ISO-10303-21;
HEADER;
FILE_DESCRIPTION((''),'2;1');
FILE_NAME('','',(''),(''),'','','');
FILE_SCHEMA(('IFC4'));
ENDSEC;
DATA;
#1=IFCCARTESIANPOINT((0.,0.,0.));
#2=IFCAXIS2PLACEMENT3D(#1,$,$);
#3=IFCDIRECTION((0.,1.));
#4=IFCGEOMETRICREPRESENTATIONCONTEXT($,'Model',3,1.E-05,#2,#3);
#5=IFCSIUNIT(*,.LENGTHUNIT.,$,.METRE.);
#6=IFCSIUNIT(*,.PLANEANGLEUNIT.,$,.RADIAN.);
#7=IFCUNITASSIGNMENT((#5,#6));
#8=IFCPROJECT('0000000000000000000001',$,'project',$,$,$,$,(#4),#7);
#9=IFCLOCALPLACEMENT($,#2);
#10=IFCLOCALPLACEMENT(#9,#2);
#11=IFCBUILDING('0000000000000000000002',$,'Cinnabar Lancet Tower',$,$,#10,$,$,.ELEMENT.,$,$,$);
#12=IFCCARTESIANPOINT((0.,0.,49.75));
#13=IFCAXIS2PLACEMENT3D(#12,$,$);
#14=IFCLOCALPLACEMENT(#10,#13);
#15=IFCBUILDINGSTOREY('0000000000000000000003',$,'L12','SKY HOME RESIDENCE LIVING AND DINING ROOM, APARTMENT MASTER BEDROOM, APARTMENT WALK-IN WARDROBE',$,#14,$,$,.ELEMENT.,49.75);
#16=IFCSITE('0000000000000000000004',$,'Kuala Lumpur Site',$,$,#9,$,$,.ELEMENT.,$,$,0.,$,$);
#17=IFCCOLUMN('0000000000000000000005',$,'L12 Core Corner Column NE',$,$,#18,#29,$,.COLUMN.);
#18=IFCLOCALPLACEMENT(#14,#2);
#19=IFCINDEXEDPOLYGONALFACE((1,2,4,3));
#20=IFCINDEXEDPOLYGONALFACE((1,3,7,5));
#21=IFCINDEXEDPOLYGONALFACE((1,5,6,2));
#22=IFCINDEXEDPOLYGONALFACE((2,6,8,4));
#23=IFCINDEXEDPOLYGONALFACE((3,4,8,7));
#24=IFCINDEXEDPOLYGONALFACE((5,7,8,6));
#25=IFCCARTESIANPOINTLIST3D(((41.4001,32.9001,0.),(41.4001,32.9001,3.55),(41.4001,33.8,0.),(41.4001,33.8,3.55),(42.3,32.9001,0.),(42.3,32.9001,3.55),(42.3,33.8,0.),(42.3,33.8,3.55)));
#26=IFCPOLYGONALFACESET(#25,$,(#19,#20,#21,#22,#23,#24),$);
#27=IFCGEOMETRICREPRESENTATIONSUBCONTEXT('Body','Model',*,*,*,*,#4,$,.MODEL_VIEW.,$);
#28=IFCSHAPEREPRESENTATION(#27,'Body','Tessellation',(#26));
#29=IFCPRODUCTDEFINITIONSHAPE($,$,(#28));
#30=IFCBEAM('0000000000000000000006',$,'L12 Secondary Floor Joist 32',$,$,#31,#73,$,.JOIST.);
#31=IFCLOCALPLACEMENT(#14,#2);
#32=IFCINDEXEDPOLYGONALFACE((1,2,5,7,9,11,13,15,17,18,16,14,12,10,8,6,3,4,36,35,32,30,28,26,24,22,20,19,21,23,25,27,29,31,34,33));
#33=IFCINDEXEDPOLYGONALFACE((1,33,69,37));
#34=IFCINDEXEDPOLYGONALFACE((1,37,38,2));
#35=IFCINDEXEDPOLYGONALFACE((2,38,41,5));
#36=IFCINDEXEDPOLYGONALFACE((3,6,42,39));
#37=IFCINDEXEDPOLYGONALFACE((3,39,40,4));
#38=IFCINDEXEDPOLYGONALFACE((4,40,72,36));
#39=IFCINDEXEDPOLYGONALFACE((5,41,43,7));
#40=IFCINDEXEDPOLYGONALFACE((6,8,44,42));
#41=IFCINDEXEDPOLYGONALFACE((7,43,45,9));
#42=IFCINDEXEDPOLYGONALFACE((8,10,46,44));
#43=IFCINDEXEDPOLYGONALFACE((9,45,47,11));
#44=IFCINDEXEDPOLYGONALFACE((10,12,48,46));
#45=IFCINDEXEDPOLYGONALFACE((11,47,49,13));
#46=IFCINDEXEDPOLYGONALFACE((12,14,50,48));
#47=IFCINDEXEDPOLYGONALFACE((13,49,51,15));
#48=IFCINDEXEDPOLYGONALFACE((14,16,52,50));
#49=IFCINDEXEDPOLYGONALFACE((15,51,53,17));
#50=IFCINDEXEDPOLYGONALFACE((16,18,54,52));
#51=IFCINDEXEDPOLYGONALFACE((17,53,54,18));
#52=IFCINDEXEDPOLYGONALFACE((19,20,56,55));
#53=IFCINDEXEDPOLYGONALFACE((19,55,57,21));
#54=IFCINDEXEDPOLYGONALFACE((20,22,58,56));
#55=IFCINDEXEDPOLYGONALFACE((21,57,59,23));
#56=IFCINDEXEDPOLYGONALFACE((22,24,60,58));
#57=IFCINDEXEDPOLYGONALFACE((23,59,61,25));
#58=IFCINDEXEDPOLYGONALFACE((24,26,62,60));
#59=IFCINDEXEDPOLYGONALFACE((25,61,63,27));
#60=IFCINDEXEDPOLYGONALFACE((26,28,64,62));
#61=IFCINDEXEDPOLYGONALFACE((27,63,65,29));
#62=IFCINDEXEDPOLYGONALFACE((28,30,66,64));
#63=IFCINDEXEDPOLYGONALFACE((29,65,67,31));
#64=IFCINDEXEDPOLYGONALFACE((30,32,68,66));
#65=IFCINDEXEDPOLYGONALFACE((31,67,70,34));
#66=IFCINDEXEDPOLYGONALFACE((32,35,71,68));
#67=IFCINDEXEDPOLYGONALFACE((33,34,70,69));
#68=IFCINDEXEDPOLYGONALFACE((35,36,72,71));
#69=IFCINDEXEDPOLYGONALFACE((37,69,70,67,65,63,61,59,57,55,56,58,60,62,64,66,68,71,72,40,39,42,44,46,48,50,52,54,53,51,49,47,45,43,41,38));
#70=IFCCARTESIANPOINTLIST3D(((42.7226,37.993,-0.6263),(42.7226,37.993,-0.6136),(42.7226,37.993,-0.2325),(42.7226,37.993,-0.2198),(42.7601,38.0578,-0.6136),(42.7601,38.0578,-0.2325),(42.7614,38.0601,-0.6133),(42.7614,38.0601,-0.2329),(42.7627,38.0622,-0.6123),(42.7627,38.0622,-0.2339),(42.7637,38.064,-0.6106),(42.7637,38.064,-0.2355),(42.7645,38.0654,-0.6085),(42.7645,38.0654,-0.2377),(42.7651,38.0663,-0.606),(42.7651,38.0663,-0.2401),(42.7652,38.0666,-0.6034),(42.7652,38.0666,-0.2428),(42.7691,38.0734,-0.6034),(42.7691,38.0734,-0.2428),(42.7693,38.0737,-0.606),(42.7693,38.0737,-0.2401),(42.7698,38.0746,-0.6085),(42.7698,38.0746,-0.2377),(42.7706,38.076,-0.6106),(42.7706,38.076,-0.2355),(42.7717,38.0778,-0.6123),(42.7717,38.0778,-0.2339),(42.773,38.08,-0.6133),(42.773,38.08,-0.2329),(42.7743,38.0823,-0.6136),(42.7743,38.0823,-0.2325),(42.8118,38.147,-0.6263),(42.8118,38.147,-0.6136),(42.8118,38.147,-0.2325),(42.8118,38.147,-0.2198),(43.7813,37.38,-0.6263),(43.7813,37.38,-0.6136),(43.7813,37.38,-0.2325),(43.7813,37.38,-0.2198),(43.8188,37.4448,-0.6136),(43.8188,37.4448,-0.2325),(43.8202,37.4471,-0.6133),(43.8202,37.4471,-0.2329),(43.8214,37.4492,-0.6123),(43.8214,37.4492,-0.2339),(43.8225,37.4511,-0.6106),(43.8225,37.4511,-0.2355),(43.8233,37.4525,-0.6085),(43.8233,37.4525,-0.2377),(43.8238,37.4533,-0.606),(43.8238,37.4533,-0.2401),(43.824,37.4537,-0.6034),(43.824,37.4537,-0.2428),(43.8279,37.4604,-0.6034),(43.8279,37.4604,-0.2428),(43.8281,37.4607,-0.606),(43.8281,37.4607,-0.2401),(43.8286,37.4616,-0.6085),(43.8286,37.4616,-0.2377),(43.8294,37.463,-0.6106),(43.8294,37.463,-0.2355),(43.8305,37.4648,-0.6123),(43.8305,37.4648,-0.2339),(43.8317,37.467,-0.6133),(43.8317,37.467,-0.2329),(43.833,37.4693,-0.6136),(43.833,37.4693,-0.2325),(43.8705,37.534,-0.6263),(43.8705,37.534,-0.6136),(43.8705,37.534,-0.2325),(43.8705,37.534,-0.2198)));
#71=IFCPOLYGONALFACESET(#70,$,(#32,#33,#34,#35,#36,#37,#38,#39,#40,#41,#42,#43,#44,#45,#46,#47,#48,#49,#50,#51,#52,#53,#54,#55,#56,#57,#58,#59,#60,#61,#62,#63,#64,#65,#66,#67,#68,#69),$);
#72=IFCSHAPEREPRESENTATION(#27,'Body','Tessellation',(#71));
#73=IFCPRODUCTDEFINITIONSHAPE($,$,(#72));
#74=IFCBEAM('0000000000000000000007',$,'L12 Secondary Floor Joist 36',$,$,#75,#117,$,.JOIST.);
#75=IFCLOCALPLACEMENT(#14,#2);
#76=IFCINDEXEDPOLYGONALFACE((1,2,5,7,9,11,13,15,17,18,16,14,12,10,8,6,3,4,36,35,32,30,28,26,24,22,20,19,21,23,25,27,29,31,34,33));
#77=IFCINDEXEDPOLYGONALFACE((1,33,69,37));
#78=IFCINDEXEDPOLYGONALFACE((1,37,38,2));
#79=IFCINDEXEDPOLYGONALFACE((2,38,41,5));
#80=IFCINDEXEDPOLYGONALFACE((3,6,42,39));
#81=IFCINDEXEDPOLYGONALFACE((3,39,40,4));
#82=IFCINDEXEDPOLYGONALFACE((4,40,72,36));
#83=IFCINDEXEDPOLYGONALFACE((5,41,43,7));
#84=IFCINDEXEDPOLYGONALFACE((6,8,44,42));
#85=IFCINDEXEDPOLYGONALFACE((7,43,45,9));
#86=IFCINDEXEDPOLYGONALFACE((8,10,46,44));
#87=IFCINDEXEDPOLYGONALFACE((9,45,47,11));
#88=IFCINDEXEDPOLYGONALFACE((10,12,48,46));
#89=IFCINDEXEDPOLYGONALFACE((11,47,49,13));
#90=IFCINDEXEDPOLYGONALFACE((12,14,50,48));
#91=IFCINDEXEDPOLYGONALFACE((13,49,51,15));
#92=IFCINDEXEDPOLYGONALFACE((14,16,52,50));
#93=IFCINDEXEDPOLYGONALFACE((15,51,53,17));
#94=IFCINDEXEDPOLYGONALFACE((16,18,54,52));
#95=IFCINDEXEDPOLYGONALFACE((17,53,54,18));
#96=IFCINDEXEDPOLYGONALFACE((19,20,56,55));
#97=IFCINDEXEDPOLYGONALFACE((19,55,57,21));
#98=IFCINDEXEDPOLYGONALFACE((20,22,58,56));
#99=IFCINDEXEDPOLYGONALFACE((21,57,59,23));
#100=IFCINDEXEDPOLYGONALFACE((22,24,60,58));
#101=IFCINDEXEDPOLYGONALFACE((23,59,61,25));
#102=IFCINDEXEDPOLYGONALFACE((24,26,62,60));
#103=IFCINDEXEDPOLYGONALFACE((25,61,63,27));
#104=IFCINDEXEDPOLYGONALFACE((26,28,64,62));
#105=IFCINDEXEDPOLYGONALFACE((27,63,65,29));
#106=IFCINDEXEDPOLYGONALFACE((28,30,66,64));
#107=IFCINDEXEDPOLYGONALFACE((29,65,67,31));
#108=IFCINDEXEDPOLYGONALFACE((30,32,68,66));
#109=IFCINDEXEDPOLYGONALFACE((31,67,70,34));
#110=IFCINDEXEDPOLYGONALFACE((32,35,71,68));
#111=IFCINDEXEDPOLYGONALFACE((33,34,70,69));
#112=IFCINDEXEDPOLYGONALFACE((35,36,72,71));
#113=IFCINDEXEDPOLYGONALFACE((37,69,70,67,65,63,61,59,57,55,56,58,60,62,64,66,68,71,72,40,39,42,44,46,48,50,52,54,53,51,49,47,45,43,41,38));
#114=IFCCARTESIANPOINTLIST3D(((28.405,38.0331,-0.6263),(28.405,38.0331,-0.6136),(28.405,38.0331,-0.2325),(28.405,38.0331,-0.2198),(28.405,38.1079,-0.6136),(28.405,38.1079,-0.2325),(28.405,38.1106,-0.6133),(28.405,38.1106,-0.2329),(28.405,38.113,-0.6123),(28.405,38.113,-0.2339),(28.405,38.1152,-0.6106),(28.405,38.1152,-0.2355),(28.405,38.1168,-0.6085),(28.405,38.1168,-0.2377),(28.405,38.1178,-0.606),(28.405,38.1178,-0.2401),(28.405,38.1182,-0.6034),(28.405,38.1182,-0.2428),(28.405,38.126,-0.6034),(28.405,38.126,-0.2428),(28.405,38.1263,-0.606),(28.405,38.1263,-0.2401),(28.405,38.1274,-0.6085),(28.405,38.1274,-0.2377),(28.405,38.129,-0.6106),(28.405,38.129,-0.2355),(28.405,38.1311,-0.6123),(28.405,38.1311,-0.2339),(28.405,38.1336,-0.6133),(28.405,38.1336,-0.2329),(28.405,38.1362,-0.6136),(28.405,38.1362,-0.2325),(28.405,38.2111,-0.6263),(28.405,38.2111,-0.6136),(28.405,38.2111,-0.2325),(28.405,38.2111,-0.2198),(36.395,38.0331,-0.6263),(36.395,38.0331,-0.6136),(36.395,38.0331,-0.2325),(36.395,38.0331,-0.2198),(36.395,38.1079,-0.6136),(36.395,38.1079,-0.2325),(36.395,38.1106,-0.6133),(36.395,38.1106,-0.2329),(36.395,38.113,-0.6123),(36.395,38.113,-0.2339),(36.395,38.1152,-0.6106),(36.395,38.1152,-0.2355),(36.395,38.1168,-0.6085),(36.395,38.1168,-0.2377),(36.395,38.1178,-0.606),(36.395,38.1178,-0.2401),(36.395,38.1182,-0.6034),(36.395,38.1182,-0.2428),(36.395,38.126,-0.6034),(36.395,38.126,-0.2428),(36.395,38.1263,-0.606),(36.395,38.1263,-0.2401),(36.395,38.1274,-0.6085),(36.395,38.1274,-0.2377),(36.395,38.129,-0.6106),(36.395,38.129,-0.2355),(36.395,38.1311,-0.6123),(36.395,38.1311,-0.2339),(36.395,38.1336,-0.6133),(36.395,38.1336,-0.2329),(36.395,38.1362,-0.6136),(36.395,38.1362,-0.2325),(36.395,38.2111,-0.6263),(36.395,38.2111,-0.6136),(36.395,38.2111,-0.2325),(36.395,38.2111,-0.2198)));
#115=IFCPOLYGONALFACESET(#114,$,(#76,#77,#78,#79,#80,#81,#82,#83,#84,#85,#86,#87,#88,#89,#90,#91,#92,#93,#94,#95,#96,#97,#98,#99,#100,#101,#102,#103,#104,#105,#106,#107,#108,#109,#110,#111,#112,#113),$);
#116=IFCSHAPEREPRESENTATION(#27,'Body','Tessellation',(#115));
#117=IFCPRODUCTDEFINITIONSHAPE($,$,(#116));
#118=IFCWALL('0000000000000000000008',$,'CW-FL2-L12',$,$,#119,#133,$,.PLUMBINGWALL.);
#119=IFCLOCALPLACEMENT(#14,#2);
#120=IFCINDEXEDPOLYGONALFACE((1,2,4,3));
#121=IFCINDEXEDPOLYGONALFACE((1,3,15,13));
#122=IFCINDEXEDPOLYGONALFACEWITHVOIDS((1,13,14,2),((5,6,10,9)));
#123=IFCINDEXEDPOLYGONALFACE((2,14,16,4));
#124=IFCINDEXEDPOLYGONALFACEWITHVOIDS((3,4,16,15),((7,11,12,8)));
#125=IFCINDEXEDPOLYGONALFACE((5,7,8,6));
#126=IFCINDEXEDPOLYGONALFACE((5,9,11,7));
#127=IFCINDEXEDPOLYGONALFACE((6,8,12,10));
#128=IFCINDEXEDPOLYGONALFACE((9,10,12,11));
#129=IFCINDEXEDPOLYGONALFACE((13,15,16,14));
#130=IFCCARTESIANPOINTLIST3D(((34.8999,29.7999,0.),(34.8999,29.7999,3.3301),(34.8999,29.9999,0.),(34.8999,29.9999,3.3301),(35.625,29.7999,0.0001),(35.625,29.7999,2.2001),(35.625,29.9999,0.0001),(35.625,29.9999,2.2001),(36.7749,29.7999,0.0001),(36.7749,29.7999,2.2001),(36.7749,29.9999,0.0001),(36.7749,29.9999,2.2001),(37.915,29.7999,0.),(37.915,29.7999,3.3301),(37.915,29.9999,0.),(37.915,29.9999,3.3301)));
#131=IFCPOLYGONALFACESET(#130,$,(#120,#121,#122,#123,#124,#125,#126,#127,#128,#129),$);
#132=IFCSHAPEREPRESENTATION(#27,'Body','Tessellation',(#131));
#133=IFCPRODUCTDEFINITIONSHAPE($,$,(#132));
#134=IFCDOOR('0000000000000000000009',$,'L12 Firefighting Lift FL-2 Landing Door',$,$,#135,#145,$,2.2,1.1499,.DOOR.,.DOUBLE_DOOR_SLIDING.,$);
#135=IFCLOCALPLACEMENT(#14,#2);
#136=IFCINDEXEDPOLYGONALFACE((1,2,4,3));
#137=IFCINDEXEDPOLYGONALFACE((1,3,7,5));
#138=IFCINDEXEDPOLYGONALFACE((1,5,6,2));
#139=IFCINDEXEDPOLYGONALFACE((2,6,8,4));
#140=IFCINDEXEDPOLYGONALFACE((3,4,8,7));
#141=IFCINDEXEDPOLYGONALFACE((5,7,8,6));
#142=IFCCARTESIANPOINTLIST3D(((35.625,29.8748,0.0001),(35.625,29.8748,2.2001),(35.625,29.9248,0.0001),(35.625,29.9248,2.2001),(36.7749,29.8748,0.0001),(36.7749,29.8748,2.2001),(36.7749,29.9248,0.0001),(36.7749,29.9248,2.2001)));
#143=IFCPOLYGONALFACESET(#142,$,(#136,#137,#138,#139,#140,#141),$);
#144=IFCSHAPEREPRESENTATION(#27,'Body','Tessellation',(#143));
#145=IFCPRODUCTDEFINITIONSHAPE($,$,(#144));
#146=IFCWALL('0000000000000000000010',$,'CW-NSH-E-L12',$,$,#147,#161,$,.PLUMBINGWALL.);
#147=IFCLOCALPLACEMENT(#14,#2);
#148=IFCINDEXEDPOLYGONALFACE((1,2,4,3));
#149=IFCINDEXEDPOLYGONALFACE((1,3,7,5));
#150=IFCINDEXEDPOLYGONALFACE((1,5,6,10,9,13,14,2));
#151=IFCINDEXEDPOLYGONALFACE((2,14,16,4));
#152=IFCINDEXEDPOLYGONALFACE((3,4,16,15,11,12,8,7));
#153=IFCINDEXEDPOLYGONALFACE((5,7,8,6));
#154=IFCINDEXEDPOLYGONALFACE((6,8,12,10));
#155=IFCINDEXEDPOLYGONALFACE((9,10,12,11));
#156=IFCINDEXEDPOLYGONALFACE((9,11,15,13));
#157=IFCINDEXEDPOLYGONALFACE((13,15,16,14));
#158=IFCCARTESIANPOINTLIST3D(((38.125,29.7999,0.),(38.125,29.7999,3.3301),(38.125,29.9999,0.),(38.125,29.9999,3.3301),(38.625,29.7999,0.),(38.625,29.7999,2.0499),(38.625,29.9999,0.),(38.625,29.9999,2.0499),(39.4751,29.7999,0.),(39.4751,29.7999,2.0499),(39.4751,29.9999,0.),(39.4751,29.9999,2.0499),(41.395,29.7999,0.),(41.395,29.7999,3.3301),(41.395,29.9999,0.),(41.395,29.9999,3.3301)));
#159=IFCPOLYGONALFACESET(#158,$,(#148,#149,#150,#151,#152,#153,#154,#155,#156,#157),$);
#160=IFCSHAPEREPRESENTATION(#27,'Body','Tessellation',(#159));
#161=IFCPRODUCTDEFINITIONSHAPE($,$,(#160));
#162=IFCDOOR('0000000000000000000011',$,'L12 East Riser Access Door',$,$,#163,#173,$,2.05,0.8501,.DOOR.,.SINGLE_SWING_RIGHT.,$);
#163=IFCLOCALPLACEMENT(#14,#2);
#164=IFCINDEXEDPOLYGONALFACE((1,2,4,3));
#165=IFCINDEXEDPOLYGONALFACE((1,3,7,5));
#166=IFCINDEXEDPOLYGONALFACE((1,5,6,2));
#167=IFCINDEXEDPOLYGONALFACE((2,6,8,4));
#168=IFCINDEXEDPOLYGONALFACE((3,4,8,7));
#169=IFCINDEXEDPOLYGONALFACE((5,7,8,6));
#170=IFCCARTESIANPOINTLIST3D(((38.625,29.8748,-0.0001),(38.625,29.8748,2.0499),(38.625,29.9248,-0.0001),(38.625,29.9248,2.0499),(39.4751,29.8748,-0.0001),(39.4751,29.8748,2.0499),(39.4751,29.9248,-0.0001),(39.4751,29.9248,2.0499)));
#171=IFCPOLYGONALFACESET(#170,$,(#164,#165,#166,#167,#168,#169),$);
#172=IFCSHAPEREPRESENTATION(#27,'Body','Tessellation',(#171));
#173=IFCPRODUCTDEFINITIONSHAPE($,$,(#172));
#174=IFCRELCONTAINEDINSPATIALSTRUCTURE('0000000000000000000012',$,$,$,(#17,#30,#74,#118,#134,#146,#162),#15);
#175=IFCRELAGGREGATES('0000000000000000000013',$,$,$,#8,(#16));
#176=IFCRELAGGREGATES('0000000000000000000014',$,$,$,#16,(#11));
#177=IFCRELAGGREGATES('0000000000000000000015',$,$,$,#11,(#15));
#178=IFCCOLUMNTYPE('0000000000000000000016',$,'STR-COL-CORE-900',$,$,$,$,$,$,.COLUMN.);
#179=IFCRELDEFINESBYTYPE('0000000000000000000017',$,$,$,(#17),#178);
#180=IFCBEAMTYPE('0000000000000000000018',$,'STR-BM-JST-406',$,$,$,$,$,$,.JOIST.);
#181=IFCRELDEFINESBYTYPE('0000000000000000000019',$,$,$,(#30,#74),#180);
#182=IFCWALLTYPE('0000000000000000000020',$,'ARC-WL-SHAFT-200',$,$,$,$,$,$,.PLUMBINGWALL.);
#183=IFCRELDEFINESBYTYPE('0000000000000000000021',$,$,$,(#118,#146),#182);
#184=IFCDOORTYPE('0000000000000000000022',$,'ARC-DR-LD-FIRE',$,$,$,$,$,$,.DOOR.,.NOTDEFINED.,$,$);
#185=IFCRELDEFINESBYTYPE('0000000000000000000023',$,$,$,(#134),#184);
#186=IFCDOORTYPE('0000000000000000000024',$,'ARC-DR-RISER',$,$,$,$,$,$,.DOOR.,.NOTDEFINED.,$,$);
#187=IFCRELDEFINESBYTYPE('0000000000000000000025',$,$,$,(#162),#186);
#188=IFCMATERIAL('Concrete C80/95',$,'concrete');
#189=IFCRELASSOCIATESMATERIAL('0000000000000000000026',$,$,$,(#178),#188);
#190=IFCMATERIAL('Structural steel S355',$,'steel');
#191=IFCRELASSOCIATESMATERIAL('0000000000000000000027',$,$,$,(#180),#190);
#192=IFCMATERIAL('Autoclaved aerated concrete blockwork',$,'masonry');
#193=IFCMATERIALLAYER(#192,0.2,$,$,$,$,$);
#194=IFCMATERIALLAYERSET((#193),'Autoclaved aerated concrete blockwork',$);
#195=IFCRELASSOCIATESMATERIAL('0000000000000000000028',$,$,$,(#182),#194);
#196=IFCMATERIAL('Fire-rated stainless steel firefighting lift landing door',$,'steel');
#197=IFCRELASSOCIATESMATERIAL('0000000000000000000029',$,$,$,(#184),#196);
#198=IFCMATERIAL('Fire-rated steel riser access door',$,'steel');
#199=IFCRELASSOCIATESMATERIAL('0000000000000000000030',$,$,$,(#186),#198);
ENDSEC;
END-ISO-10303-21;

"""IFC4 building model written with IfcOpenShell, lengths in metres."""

from ifc_helpers import new_model, si_unit, direction, frame, frame_2d, origin, origin_2d, place, context, subcontext, project, spatial, rectangle, i_section, extrude, material, layer, layer_set, material_profile, profile_set, type_object, element, fill, save


model = new_model("IFC4")

# Units and contexts
model_context = context("Model", 3, precision=1e-05, world=origin(), true_north=direction((0.0, 1.0)))
body_context = subcontext(model_context, "Body", "Model", "MODEL_VIEW")
ifc_project = project(units=[si_unit("LENGTHUNIT", "METRE"), si_unit("PLANEANGLEUNIT", "RADIAN")], contexts=[model_context])

# Site, building, storey
site_placement = place(None, origin())
site = spatial("IfcSite", under=ifc_project, at=site_placement, Name="Kuala Lumpur Site", CompositionType="ELEMENT", RefElevation=0.0)
building_placement = place(site_placement, origin())
building = spatial("IfcBuilding", under=site, at=building_placement, Name="Cinnabar Lancet Tower", CompositionType="ELEMENT")
storey_placement = place(building_placement, frame((0.0, 0.0, 49.75)))
storey = spatial("IfcBuildingStorey", under=building, at=storey_placement, Name="L12", Description="SKY HOME RESIDENCE LIVING AND DINING ROOM, APARTMENT MASTER BEDROOM, APARTMENT WALK-IN WARDROBE", CompositionType="ELEMENT", Elevation=49.75)

# Column
ifc_material_1 = material(Name="Concrete C80/95", Category="concrete")
ifc_material_profile_1 = material_profile(ifc_material_1, rectangle(XDim=0.8999, YDim=0.8999, at=origin_2d()), Name="RC-COL 900x900")
ifc_profile_set_1 = profile_set([ifc_material_profile_1], Name="Concrete C80/95")
column_type = type_object("IfcColumnType", Name="STR-COL-CORE-900", PredefinedType="COLUMN", material=ifc_profile_set_1)
column_placement = place(storey_placement, frame((41.8501, 33.3501, 0.0), z_axis=(0.0, 0.0, 1.0), x_axis=(1.0, 0.0, 0.0)))
element("IfcColumn", 1, at=column_placement, inside=storey, type_object=column_type, Name="L12 Core Corner Column NE", PredefinedType="COLUMN", context=body_context, shape_type="SweptSolid", body=[
    extrude(rectangle(XDim=0.8999, YDim=0.8999, at=origin_2d()), origin(), (0.0, 0.0, 1.0), 3.55),
])

# Beams
ifc_material_2 = material(Name="Structural steel S355", Category="steel")
ifc_material_profile_2 = material_profile(ifc_material_2, i_section(OverallWidth=0.178, OverallDepth=0.4065, WebThickness=0.0078, FlangeThickness=0.0127, FilletRadius=0.0103, at=origin_2d()), Name="UKB 406x178x60")
ifc_profile_set_2 = profile_set([ifc_material_profile_2], Name="Structural steel S355")
beam_type = type_object("IfcBeamType", Name="STR-BM-JST-406", PredefinedType="JOIST", material=ifc_profile_set_2)
beam_1_placement = place(storey_placement, frame((43.8259, 37.457, -0.4231), z_axis=(-0.865417, 0.501052, 0.0), x_axis=(-0.501052, -0.865417, 0.0)))
element("IfcBeam", 2, at=beam_1_placement, inside=storey, type_object=beam_type, Name="L12 Secondary Floor Joist 32", PredefinedType="JOIST", context=body_context, shape_type="SweptSolid", body=[
    extrude(i_section(OverallWidth=0.178, OverallDepth=0.4065, WebThickness=0.0078, FlangeThickness=0.0127, FilletRadius=0.0103, at=origin_2d()), origin(), (0.0, 0.0, 1.0), 1.2234),
])
beam_2_placement = place(storey_placement, frame((36.395, 38.1221, -0.4231), z_axis=(-1.0, 0.0, 0.0), x_axis=(0.0, -1.0, 0.0)))
element("IfcBeam", 3, at=beam_2_placement, inside=storey, type_object=beam_type, Name="L12 Secondary Floor Joist 36", PredefinedType="JOIST", context=body_context, shape_type="SweptSolid", body=[
    extrude(i_section(OverallWidth=0.178, OverallDepth=0.4065, WebThickness=0.0078, FlangeThickness=0.0127, FilletRadius=0.0103, at=origin_2d()), origin(), (0.0, 0.0, 1.0), 7.99),
])

# Walls, openings, doors
ifc_material_3 = material(Name="Autoclaved aerated concrete blockwork", Category="masonry")
ifc_layer_1 = layer(ifc_material_3, 0.2)
ifc_layer_set_1 = layer_set([ifc_layer_1], Name="Autoclaved aerated concrete blockwork")
wall_type_1 = type_object("IfcWallType", Name="ARC-WL-SHAFT-200", PredefinedType="PLUMBINGWALL", material=ifc_layer_set_1)
wall_1_placement = place(storey_placement, frame((34.8999, 29.8999, 0.0), z_axis=(0.0, 0.0, 1.0), x_axis=(1.0, 0.0, 0.0)))
wall_1 = element("IfcWall", 4, at=wall_1_placement, inside=storey, type_object=wall_type_1, Name="CW-FL2-L12", PredefinedType="PLUMBINGWALL", context=body_context, shape_type="SweptSolid", body=[
    extrude(rectangle(XDim=3.0151, YDim=0.2, at=frame_2d((1.5076, 0.0))), origin(), (0.0, 0.0, 1.0), 3.3301),
])
opening_1_placement = place(wall_1_placement, frame((0.7251, 0.0, 0.0)))
opening_1 = element("IfcOpeningElement", 5, at=opening_1_placement, cuts=wall_1, PredefinedType="OPENING", context=body_context, shape_type="SweptSolid", body=[
    extrude(rectangle(XDim=1.1499, YDim=2.2, at=frame_2d((0.575, 1.1001))), frame((0.0, 0.1099, 0.0), z_axis=(0.0, -1.0, 0.0), x_axis=(1.0, 0.0, 0.0)), (0.0, 0.0, 1.0), 0.22),
])
ifc_material_4 = material(Name="Fire-rated stainless steel firefighting lift landing door", Category="steel")
door_type_1 = type_object("IfcDoorType", Name="ARC-DR-LD-FIRE", OperationType="NOTDEFINED", PredefinedType="DOOR", material=ifc_material_4)
door_1_placement = place(opening_1_placement, origin())
door_1 = element("IfcDoor", 6, at=door_1_placement, inside=storey, type_object=door_type_1, Name="L12 Firefighting Lift FL-2 Landing Door", OperationType="DOUBLE_DOOR_SLIDING", OverallHeight=2.2, OverallWidth=1.1499, PredefinedType="DOOR", context=body_context, shape_type="SweptSolid", body=[
    extrude(rectangle(XDim=1.1499, YDim=2.2, at=frame_2d((0.575, 1.1001))), frame((0.0, 0.0249, 0.0), z_axis=(0.0, -1.0, 0.0), x_axis=(1.0, 0.0, 0.0)), (0.0, 0.0, 1.0), 0.05),
])
fill(opening_1, door_1)
wall_2_placement = place(storey_placement, frame((38.125, 29.8999, 0.0), z_axis=(0.0, 0.0, 1.0), x_axis=(1.0, 0.0, 0.0)))
wall_2 = element("IfcWall", 7, at=wall_2_placement, inside=storey, type_object=wall_type_1, Name="CW-NSH-E-L12", PredefinedType="PLUMBINGWALL", context=body_context, shape_type="SweptSolid", body=[
    extrude(rectangle(XDim=3.27, YDim=0.2, at=frame_2d((1.635, 0.0))), origin(), (0.0, 0.0, 1.0), 3.3301),
])
opening_2_placement = place(wall_2_placement, frame((0.5, 0.0, 0.0)))
opening_2 = element("IfcOpeningElement", 8, at=opening_2_placement, cuts=wall_2, PredefinedType="OPENING", context=body_context, shape_type="SweptSolid", body=[
    extrude(rectangle(XDim=0.8501, YDim=2.05, at=frame_2d((0.425, 1.0249))), frame((0.0, 0.1099, 0.0), z_axis=(0.0, -1.0, 0.0), x_axis=(1.0, 0.0, 0.0)), (0.0, 0.0, 1.0), 0.22),
])
ifc_material_5 = material(Name="Fire-rated steel riser access door", Category="steel")
door_type_2 = type_object("IfcDoorType", Name="ARC-DR-RISER", OperationType="NOTDEFINED", PredefinedType="DOOR", material=ifc_material_5)
door_2_placement = place(opening_2_placement, origin())
door_2 = element("IfcDoor", 9, at=door_2_placement, inside=storey, type_object=door_type_2, Name="L12 East Riser Access Door", OperationType="SINGLE_SWING_RIGHT", OverallHeight=2.05, OverallWidth=0.8501, PredefinedType="DOOR", context=body_context, shape_type="SweptSolid", body=[
    extrude(rectangle(XDim=0.8501, YDim=2.05, at=frame_2d((0.425, 1.0249))), frame((0.0, 0.0249, 0.0), z_axis=(0.0, -1.0, 0.0), x_axis=(1.0, 0.0, 0.0)), (0.0, 0.0, 1.0), 0.05),
])
fill(opening_2, door_2)

save(model, "model.ifc")
